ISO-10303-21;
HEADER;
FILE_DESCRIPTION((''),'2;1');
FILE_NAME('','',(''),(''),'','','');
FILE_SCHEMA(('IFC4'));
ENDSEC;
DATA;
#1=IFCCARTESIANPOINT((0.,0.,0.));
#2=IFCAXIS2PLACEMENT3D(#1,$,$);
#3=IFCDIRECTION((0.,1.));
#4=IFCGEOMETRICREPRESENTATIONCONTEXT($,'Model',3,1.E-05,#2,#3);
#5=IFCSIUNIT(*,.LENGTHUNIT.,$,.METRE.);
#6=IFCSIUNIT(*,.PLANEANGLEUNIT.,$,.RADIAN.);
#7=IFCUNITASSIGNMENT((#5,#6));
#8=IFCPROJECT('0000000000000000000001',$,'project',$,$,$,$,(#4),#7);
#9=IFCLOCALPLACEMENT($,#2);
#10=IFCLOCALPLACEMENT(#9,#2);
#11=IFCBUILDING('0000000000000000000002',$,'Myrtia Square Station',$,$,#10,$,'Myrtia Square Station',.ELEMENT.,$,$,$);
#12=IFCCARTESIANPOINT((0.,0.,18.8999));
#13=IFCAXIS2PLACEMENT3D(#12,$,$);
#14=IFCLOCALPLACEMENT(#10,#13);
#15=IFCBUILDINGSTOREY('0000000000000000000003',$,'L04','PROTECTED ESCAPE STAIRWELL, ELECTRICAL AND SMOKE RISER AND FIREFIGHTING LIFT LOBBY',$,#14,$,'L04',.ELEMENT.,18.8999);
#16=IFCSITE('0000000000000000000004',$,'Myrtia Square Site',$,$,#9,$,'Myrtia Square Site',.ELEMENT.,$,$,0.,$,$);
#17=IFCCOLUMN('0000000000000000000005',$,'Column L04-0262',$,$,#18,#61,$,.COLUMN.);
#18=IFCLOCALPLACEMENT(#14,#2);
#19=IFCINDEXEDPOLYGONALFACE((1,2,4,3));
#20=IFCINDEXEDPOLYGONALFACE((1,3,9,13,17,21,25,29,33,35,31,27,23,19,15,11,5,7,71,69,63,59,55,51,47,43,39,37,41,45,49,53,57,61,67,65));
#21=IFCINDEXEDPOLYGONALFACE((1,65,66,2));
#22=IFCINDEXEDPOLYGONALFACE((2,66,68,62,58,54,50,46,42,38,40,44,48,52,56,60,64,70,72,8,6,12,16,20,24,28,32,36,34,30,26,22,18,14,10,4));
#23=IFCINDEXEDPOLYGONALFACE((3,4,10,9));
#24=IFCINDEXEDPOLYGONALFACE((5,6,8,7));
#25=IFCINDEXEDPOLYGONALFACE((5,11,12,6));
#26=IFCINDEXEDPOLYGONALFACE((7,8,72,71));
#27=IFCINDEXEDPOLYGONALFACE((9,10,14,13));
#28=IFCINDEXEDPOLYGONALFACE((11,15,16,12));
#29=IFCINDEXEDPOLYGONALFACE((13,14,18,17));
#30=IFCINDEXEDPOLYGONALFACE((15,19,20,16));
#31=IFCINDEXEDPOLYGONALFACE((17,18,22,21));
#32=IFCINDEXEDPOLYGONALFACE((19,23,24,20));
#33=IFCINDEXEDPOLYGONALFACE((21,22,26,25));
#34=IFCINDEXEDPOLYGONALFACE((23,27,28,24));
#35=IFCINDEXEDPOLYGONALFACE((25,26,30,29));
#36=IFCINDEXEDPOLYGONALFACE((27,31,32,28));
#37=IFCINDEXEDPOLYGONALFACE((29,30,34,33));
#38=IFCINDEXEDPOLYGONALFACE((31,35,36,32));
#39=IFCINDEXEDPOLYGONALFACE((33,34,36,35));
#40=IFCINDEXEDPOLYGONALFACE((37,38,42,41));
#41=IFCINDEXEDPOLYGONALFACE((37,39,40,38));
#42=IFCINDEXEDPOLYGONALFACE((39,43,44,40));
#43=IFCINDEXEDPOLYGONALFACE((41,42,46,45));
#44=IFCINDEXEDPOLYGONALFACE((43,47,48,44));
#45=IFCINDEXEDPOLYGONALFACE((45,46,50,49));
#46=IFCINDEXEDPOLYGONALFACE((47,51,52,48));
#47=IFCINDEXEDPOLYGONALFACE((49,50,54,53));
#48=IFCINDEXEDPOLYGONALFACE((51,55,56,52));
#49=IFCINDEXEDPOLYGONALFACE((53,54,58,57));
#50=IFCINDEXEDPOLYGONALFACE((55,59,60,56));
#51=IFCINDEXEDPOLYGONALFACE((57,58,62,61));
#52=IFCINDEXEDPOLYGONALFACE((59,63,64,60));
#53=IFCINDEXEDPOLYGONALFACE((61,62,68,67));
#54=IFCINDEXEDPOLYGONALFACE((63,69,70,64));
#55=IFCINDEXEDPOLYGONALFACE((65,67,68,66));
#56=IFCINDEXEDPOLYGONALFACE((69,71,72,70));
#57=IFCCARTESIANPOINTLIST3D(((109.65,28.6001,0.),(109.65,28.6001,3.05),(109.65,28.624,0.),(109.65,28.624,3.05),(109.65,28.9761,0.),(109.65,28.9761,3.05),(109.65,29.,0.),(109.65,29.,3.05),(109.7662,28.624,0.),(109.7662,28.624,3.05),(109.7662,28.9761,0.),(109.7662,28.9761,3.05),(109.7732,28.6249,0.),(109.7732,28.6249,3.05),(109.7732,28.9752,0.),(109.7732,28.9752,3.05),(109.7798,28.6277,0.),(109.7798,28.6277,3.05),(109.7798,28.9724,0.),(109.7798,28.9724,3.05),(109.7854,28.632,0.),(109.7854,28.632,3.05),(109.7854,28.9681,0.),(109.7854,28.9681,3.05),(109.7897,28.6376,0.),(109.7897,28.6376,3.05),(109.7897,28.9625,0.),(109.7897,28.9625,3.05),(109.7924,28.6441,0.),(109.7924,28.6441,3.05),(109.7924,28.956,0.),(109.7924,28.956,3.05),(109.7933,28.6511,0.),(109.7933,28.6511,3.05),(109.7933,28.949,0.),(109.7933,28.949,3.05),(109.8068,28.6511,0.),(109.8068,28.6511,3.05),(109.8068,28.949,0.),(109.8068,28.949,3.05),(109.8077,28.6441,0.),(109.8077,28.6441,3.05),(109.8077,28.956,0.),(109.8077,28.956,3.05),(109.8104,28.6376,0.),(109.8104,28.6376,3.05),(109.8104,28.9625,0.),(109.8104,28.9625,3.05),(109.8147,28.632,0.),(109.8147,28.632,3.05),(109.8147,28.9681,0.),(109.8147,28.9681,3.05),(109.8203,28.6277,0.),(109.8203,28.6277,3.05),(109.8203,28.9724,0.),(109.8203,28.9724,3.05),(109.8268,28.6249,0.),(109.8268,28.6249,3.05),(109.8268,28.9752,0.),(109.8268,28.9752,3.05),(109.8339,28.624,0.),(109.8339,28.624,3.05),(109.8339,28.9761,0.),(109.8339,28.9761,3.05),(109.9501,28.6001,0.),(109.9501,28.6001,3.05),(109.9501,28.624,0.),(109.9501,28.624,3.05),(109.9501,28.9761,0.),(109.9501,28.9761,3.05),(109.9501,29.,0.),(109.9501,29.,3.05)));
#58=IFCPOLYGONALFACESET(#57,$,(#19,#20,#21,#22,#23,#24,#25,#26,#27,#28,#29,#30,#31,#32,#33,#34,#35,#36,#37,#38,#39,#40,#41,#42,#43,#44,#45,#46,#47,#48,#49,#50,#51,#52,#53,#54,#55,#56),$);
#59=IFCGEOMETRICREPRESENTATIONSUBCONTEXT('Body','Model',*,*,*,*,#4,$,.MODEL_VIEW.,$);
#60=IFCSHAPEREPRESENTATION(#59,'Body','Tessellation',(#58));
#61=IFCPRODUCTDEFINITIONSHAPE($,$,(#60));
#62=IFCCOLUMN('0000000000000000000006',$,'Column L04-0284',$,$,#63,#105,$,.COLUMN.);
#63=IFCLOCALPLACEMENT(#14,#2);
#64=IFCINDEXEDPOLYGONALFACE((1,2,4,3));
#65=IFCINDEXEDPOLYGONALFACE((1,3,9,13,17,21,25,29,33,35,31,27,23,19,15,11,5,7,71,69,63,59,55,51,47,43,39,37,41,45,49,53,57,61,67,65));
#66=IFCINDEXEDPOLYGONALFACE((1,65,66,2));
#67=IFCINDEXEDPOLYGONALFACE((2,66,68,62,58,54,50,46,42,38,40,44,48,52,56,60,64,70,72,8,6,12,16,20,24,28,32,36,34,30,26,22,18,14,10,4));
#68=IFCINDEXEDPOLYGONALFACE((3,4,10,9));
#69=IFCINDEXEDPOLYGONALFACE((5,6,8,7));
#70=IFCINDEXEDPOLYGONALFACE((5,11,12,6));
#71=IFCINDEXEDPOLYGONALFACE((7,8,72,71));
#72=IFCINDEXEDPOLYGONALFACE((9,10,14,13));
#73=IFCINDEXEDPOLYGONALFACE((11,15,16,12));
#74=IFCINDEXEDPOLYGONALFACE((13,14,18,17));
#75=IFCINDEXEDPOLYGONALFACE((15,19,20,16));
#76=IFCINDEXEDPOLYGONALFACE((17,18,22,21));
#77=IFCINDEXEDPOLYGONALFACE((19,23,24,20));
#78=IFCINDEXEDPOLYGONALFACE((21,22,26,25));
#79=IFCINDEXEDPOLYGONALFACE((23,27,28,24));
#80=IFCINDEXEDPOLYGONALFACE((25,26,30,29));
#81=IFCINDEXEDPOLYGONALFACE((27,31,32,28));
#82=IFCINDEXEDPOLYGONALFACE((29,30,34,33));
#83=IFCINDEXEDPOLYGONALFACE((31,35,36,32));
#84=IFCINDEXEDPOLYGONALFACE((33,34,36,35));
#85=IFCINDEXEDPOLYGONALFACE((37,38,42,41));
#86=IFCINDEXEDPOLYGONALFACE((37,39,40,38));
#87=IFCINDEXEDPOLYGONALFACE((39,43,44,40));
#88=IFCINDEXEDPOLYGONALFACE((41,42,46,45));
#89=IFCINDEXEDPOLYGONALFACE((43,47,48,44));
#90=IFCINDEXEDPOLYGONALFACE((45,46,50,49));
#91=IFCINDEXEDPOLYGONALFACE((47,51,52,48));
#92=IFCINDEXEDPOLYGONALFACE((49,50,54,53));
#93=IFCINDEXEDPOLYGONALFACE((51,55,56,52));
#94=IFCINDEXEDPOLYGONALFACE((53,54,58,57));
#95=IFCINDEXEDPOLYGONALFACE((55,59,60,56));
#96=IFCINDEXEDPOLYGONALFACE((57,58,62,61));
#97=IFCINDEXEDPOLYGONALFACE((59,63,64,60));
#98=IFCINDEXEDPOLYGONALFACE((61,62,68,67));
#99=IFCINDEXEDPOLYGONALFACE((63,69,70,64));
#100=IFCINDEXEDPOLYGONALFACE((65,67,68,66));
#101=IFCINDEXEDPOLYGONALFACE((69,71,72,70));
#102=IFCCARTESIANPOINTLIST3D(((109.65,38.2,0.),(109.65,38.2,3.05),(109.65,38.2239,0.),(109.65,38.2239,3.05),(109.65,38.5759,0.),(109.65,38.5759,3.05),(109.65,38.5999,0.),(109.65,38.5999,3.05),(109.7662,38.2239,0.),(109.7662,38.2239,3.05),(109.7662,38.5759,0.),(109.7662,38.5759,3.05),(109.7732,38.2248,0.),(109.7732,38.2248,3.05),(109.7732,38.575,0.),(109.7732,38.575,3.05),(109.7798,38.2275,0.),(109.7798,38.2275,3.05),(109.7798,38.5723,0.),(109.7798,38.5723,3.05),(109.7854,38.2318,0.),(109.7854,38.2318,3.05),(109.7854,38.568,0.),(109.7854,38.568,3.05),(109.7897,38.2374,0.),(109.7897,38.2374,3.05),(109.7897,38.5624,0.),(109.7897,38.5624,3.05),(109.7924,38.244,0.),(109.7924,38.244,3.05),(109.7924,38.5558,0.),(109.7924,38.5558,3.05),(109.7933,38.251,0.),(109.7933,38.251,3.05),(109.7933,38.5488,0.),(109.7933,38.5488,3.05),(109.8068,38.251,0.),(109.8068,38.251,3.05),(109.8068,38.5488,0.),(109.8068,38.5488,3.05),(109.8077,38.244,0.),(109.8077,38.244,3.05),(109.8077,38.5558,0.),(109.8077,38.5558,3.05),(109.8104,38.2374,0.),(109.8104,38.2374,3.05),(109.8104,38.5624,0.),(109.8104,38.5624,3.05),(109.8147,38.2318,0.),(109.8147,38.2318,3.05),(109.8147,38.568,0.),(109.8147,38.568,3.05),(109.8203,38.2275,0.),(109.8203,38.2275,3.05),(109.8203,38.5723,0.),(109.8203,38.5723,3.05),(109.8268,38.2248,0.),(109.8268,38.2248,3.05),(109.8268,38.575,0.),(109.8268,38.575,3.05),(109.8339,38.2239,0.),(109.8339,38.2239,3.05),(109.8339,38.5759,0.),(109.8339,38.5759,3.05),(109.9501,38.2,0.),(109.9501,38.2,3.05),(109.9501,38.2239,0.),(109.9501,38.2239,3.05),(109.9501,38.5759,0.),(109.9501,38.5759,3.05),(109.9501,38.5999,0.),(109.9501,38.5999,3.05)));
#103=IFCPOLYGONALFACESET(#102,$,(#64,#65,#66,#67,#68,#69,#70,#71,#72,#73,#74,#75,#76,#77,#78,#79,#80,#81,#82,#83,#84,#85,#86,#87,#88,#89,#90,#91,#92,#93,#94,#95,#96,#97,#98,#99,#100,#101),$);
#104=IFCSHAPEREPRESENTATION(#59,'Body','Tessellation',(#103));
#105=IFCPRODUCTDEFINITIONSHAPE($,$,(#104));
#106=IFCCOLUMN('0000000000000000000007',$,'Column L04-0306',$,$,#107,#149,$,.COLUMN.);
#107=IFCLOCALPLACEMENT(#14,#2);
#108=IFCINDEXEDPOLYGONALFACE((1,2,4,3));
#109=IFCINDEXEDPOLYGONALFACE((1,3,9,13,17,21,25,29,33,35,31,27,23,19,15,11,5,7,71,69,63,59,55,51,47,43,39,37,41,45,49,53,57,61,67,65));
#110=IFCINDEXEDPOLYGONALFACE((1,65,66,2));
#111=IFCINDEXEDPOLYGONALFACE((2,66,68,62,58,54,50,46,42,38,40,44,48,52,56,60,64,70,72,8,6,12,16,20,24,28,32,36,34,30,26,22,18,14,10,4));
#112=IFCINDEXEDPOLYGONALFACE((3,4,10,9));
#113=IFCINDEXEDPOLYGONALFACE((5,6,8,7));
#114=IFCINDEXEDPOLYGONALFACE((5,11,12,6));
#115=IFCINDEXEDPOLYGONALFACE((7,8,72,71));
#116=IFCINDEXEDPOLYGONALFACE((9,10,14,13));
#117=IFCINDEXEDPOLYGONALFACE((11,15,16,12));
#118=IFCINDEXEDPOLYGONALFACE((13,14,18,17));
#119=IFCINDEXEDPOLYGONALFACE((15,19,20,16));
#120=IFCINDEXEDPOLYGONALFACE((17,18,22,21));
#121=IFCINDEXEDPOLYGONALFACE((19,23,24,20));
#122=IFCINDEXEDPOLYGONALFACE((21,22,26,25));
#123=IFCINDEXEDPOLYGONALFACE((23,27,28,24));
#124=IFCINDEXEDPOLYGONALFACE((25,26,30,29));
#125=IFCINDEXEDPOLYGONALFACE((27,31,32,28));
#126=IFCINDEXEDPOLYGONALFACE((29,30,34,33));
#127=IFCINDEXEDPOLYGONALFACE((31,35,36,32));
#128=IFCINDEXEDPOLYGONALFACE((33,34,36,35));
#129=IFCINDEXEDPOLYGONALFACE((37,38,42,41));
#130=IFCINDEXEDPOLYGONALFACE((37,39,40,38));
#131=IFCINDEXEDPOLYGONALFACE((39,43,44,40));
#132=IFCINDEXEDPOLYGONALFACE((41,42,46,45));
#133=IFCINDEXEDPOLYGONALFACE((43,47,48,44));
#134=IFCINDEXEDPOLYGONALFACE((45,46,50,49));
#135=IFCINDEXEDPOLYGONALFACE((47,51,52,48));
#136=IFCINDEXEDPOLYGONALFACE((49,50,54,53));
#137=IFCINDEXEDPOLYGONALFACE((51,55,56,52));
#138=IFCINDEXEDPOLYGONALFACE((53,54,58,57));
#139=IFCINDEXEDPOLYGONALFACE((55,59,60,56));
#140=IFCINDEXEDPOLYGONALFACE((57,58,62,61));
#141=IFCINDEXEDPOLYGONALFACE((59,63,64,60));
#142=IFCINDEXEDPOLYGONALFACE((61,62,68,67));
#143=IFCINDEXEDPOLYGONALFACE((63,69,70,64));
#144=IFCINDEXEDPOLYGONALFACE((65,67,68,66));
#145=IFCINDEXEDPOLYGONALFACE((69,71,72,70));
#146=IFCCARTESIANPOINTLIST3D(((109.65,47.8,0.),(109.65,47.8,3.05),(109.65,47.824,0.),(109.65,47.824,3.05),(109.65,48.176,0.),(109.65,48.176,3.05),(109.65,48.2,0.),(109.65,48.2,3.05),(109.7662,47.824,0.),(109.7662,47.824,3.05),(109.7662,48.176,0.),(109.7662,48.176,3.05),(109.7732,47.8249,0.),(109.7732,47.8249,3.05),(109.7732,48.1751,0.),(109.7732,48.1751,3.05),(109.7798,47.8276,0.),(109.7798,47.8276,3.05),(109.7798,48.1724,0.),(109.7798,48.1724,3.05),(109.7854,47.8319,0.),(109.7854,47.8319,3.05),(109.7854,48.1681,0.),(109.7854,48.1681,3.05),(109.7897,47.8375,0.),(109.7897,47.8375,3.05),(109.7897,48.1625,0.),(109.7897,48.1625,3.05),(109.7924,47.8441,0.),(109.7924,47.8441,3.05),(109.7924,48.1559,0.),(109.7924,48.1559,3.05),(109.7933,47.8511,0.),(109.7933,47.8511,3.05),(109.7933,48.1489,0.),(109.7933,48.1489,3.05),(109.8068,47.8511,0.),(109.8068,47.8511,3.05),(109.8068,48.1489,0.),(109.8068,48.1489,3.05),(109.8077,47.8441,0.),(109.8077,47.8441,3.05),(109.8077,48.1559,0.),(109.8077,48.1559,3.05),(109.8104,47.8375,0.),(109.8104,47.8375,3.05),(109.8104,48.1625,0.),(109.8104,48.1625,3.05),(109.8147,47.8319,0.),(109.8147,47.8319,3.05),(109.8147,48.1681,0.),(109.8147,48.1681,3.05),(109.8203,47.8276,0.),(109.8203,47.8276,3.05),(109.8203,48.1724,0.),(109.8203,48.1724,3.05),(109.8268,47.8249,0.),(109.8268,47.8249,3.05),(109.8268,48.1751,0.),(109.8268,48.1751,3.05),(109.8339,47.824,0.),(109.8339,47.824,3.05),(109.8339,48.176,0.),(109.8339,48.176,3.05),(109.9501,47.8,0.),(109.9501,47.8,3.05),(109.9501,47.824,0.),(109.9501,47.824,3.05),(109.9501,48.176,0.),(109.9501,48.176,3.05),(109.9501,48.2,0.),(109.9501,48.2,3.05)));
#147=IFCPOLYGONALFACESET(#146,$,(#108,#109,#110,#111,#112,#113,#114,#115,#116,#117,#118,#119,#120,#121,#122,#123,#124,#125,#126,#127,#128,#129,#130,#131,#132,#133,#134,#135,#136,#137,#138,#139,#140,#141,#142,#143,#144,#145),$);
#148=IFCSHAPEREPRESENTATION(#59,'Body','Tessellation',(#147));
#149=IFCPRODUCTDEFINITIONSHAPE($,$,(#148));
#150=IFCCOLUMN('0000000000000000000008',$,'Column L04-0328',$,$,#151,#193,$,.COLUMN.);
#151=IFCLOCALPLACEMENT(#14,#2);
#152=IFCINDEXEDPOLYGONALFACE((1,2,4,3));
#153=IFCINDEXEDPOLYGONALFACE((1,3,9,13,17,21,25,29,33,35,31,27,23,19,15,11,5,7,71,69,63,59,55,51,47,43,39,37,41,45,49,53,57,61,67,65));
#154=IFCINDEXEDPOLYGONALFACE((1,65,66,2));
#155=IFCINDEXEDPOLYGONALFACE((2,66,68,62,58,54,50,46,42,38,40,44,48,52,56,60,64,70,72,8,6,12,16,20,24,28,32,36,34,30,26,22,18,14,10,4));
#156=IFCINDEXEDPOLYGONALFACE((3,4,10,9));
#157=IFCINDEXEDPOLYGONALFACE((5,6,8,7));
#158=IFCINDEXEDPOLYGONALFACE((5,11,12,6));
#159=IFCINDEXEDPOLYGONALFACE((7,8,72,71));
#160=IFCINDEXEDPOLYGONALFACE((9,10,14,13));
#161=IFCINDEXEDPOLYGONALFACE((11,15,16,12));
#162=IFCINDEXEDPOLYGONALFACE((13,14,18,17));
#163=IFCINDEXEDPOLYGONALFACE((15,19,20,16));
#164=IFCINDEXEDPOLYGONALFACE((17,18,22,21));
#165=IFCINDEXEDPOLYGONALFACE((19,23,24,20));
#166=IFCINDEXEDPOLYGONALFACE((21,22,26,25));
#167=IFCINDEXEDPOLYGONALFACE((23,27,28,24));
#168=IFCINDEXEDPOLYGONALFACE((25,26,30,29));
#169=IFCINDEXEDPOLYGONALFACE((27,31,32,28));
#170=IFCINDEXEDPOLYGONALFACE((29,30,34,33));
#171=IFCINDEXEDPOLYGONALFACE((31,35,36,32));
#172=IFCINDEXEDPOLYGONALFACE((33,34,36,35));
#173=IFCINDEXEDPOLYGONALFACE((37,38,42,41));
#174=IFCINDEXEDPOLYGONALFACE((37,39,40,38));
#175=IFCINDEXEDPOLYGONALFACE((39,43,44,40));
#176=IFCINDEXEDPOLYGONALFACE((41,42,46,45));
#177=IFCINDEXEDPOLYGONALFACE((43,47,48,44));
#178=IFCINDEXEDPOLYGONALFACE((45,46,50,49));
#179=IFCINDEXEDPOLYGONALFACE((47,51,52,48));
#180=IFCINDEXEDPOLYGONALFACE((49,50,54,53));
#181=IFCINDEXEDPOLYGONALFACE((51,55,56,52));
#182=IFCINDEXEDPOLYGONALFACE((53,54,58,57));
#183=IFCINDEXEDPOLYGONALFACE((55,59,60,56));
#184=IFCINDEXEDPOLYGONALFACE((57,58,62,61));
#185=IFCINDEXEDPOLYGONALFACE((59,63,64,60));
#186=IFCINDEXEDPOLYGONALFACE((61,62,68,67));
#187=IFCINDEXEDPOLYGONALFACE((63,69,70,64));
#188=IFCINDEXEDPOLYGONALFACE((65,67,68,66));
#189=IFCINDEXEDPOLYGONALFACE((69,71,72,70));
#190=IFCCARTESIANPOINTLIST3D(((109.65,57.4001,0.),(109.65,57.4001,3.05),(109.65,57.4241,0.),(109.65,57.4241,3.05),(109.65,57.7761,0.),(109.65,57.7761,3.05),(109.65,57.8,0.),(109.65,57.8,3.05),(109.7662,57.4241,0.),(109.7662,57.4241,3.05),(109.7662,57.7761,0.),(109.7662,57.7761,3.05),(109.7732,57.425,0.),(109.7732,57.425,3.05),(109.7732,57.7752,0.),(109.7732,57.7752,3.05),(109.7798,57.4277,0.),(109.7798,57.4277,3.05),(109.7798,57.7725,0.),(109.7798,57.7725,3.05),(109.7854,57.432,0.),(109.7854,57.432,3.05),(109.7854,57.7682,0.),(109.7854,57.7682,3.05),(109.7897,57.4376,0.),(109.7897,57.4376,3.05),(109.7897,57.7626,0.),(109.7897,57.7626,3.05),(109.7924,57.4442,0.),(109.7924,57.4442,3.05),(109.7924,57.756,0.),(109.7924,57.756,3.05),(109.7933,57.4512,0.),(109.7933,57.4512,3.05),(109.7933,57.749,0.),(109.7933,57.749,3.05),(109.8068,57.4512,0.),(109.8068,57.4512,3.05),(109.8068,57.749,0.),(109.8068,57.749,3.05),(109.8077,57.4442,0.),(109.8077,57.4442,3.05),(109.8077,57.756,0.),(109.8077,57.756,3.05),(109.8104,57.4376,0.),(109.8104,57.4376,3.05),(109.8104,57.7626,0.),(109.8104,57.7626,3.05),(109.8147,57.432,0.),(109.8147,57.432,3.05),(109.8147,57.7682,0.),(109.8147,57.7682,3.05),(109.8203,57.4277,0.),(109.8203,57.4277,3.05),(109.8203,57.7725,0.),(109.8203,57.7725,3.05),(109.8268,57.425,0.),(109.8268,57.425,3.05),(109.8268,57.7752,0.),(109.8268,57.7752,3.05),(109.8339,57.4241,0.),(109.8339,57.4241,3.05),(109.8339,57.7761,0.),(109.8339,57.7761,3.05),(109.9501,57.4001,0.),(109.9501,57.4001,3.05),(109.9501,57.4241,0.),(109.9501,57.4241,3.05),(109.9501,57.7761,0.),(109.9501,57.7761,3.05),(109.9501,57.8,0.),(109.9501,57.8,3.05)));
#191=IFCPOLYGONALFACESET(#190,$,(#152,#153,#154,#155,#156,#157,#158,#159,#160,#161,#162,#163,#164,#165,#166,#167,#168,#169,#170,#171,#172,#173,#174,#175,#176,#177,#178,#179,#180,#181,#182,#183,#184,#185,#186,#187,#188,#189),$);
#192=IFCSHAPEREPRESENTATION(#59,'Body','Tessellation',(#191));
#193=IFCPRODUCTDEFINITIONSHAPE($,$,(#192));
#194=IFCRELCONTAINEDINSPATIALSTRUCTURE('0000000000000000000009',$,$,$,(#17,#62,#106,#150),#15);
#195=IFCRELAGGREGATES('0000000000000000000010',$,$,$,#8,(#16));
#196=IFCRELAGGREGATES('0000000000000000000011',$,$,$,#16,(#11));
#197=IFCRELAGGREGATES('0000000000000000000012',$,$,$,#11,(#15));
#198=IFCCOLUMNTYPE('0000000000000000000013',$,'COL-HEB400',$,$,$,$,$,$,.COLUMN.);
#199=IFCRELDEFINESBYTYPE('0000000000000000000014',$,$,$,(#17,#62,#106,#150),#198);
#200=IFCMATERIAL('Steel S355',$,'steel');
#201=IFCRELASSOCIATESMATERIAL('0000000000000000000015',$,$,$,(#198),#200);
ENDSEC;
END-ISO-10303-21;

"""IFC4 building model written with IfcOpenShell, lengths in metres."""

from ifc_helpers import new_model, si_unit, direction, frame, origin, origin_2d, place, context, subcontext, project, spatial, i_section, extrude, material, material_profile, profile_set, type_object, element, save


model = new_model("IFC4")

# Units and contexts
model_context = context("Model", 3, precision=1e-05, world=origin(), true_north=direction((0.0, 1.0)))
body_context = subcontext(model_context, "Body", "Model", "MODEL_VIEW")
ifc_project = project(units=[si_unit("LENGTHUNIT", "METRE"), si_unit("PLANEANGLEUNIT", "RADIAN")], contexts=[model_context])

# Site, building, storey
site_placement = place(None, origin())
site = spatial("IfcSite", under=ifc_project, at=site_placement, Name="Myrtia Square Site", LongName="Myrtia Square Site", CompositionType="ELEMENT", RefElevation=0.0)
building_placement = place(site_placement, origin())
building = spatial("IfcBuilding", under=site, at=building_placement, Name="Myrtia Square Station", LongName="Myrtia Square Station", CompositionType="ELEMENT")
storey_placement = place(building_placement, frame((0.0, 0.0, 18.8999)))
storey = spatial("IfcBuildingStorey", under=building, at=storey_placement, Name="L04", Description="PROTECTED ESCAPE STAIRWELL, ELECTRICAL AND SMOKE RISER AND FIREFIGHTING LIFT LOBBY", LongName="L04", CompositionType="ELEMENT", Elevation=18.8999)

# Columns
ifc_material_1 = material(Name="Steel S355", Category="steel")
ifc_material_profile_1 = material_profile(ifc_material_1, i_section(OverallWidth=0.3, OverallDepth=0.3999, WebThickness=0.0134, FlangeThickness=0.0239, FilletRadius=0.0271, at=origin_2d()), Name="HEB 400")
ifc_profile_set_1 = profile_set([ifc_material_profile_1], Name="Steel S355")
column_type = type_object("IfcColumnType", Name="COL-HEB400", PredefinedType="COLUMN", material=ifc_profile_set_1)
for number, where, z_axis, x_axis, name in (
    (1, (109.8, 28.8, 0.0), (0.0, 0.0, 1.0), (1.0, 0.0, 0.0), "Column L04-0262"),
    (2, (109.8, 38.3999, 0.0), (0.0, 0.0, 1.0), (1.0, 0.0, 0.0), "Column L04-0284"),
    (3, (109.8, 48.0, 0.0), (0.0, 0.0, 1.0), (1.0, 0.0, 0.0), "Column L04-0306"),
    (4, (109.8, 57.6001, 0.0), (0.0, 0.0, 1.0), (1.0, 0.0, 0.0), "Column L04-0328"),
):
    element("IfcColumn", number, at=place(storey_placement, frame(where, z_axis=z_axis, x_axis=x_axis)), inside=storey, type_object=column_type, Name=name, PredefinedType="COLUMN", context=body_context, shape_type="SweptSolid", body=[
        extrude(i_section(OverallWidth=0.3, OverallDepth=0.3999, WebThickness=0.0134, FlangeThickness=0.0239, FilletRadius=0.0271, at=origin_2d()), origin(), (0.0, 0.0, 1.0), 3.05),
    ])

save(model, "model.ifc")
